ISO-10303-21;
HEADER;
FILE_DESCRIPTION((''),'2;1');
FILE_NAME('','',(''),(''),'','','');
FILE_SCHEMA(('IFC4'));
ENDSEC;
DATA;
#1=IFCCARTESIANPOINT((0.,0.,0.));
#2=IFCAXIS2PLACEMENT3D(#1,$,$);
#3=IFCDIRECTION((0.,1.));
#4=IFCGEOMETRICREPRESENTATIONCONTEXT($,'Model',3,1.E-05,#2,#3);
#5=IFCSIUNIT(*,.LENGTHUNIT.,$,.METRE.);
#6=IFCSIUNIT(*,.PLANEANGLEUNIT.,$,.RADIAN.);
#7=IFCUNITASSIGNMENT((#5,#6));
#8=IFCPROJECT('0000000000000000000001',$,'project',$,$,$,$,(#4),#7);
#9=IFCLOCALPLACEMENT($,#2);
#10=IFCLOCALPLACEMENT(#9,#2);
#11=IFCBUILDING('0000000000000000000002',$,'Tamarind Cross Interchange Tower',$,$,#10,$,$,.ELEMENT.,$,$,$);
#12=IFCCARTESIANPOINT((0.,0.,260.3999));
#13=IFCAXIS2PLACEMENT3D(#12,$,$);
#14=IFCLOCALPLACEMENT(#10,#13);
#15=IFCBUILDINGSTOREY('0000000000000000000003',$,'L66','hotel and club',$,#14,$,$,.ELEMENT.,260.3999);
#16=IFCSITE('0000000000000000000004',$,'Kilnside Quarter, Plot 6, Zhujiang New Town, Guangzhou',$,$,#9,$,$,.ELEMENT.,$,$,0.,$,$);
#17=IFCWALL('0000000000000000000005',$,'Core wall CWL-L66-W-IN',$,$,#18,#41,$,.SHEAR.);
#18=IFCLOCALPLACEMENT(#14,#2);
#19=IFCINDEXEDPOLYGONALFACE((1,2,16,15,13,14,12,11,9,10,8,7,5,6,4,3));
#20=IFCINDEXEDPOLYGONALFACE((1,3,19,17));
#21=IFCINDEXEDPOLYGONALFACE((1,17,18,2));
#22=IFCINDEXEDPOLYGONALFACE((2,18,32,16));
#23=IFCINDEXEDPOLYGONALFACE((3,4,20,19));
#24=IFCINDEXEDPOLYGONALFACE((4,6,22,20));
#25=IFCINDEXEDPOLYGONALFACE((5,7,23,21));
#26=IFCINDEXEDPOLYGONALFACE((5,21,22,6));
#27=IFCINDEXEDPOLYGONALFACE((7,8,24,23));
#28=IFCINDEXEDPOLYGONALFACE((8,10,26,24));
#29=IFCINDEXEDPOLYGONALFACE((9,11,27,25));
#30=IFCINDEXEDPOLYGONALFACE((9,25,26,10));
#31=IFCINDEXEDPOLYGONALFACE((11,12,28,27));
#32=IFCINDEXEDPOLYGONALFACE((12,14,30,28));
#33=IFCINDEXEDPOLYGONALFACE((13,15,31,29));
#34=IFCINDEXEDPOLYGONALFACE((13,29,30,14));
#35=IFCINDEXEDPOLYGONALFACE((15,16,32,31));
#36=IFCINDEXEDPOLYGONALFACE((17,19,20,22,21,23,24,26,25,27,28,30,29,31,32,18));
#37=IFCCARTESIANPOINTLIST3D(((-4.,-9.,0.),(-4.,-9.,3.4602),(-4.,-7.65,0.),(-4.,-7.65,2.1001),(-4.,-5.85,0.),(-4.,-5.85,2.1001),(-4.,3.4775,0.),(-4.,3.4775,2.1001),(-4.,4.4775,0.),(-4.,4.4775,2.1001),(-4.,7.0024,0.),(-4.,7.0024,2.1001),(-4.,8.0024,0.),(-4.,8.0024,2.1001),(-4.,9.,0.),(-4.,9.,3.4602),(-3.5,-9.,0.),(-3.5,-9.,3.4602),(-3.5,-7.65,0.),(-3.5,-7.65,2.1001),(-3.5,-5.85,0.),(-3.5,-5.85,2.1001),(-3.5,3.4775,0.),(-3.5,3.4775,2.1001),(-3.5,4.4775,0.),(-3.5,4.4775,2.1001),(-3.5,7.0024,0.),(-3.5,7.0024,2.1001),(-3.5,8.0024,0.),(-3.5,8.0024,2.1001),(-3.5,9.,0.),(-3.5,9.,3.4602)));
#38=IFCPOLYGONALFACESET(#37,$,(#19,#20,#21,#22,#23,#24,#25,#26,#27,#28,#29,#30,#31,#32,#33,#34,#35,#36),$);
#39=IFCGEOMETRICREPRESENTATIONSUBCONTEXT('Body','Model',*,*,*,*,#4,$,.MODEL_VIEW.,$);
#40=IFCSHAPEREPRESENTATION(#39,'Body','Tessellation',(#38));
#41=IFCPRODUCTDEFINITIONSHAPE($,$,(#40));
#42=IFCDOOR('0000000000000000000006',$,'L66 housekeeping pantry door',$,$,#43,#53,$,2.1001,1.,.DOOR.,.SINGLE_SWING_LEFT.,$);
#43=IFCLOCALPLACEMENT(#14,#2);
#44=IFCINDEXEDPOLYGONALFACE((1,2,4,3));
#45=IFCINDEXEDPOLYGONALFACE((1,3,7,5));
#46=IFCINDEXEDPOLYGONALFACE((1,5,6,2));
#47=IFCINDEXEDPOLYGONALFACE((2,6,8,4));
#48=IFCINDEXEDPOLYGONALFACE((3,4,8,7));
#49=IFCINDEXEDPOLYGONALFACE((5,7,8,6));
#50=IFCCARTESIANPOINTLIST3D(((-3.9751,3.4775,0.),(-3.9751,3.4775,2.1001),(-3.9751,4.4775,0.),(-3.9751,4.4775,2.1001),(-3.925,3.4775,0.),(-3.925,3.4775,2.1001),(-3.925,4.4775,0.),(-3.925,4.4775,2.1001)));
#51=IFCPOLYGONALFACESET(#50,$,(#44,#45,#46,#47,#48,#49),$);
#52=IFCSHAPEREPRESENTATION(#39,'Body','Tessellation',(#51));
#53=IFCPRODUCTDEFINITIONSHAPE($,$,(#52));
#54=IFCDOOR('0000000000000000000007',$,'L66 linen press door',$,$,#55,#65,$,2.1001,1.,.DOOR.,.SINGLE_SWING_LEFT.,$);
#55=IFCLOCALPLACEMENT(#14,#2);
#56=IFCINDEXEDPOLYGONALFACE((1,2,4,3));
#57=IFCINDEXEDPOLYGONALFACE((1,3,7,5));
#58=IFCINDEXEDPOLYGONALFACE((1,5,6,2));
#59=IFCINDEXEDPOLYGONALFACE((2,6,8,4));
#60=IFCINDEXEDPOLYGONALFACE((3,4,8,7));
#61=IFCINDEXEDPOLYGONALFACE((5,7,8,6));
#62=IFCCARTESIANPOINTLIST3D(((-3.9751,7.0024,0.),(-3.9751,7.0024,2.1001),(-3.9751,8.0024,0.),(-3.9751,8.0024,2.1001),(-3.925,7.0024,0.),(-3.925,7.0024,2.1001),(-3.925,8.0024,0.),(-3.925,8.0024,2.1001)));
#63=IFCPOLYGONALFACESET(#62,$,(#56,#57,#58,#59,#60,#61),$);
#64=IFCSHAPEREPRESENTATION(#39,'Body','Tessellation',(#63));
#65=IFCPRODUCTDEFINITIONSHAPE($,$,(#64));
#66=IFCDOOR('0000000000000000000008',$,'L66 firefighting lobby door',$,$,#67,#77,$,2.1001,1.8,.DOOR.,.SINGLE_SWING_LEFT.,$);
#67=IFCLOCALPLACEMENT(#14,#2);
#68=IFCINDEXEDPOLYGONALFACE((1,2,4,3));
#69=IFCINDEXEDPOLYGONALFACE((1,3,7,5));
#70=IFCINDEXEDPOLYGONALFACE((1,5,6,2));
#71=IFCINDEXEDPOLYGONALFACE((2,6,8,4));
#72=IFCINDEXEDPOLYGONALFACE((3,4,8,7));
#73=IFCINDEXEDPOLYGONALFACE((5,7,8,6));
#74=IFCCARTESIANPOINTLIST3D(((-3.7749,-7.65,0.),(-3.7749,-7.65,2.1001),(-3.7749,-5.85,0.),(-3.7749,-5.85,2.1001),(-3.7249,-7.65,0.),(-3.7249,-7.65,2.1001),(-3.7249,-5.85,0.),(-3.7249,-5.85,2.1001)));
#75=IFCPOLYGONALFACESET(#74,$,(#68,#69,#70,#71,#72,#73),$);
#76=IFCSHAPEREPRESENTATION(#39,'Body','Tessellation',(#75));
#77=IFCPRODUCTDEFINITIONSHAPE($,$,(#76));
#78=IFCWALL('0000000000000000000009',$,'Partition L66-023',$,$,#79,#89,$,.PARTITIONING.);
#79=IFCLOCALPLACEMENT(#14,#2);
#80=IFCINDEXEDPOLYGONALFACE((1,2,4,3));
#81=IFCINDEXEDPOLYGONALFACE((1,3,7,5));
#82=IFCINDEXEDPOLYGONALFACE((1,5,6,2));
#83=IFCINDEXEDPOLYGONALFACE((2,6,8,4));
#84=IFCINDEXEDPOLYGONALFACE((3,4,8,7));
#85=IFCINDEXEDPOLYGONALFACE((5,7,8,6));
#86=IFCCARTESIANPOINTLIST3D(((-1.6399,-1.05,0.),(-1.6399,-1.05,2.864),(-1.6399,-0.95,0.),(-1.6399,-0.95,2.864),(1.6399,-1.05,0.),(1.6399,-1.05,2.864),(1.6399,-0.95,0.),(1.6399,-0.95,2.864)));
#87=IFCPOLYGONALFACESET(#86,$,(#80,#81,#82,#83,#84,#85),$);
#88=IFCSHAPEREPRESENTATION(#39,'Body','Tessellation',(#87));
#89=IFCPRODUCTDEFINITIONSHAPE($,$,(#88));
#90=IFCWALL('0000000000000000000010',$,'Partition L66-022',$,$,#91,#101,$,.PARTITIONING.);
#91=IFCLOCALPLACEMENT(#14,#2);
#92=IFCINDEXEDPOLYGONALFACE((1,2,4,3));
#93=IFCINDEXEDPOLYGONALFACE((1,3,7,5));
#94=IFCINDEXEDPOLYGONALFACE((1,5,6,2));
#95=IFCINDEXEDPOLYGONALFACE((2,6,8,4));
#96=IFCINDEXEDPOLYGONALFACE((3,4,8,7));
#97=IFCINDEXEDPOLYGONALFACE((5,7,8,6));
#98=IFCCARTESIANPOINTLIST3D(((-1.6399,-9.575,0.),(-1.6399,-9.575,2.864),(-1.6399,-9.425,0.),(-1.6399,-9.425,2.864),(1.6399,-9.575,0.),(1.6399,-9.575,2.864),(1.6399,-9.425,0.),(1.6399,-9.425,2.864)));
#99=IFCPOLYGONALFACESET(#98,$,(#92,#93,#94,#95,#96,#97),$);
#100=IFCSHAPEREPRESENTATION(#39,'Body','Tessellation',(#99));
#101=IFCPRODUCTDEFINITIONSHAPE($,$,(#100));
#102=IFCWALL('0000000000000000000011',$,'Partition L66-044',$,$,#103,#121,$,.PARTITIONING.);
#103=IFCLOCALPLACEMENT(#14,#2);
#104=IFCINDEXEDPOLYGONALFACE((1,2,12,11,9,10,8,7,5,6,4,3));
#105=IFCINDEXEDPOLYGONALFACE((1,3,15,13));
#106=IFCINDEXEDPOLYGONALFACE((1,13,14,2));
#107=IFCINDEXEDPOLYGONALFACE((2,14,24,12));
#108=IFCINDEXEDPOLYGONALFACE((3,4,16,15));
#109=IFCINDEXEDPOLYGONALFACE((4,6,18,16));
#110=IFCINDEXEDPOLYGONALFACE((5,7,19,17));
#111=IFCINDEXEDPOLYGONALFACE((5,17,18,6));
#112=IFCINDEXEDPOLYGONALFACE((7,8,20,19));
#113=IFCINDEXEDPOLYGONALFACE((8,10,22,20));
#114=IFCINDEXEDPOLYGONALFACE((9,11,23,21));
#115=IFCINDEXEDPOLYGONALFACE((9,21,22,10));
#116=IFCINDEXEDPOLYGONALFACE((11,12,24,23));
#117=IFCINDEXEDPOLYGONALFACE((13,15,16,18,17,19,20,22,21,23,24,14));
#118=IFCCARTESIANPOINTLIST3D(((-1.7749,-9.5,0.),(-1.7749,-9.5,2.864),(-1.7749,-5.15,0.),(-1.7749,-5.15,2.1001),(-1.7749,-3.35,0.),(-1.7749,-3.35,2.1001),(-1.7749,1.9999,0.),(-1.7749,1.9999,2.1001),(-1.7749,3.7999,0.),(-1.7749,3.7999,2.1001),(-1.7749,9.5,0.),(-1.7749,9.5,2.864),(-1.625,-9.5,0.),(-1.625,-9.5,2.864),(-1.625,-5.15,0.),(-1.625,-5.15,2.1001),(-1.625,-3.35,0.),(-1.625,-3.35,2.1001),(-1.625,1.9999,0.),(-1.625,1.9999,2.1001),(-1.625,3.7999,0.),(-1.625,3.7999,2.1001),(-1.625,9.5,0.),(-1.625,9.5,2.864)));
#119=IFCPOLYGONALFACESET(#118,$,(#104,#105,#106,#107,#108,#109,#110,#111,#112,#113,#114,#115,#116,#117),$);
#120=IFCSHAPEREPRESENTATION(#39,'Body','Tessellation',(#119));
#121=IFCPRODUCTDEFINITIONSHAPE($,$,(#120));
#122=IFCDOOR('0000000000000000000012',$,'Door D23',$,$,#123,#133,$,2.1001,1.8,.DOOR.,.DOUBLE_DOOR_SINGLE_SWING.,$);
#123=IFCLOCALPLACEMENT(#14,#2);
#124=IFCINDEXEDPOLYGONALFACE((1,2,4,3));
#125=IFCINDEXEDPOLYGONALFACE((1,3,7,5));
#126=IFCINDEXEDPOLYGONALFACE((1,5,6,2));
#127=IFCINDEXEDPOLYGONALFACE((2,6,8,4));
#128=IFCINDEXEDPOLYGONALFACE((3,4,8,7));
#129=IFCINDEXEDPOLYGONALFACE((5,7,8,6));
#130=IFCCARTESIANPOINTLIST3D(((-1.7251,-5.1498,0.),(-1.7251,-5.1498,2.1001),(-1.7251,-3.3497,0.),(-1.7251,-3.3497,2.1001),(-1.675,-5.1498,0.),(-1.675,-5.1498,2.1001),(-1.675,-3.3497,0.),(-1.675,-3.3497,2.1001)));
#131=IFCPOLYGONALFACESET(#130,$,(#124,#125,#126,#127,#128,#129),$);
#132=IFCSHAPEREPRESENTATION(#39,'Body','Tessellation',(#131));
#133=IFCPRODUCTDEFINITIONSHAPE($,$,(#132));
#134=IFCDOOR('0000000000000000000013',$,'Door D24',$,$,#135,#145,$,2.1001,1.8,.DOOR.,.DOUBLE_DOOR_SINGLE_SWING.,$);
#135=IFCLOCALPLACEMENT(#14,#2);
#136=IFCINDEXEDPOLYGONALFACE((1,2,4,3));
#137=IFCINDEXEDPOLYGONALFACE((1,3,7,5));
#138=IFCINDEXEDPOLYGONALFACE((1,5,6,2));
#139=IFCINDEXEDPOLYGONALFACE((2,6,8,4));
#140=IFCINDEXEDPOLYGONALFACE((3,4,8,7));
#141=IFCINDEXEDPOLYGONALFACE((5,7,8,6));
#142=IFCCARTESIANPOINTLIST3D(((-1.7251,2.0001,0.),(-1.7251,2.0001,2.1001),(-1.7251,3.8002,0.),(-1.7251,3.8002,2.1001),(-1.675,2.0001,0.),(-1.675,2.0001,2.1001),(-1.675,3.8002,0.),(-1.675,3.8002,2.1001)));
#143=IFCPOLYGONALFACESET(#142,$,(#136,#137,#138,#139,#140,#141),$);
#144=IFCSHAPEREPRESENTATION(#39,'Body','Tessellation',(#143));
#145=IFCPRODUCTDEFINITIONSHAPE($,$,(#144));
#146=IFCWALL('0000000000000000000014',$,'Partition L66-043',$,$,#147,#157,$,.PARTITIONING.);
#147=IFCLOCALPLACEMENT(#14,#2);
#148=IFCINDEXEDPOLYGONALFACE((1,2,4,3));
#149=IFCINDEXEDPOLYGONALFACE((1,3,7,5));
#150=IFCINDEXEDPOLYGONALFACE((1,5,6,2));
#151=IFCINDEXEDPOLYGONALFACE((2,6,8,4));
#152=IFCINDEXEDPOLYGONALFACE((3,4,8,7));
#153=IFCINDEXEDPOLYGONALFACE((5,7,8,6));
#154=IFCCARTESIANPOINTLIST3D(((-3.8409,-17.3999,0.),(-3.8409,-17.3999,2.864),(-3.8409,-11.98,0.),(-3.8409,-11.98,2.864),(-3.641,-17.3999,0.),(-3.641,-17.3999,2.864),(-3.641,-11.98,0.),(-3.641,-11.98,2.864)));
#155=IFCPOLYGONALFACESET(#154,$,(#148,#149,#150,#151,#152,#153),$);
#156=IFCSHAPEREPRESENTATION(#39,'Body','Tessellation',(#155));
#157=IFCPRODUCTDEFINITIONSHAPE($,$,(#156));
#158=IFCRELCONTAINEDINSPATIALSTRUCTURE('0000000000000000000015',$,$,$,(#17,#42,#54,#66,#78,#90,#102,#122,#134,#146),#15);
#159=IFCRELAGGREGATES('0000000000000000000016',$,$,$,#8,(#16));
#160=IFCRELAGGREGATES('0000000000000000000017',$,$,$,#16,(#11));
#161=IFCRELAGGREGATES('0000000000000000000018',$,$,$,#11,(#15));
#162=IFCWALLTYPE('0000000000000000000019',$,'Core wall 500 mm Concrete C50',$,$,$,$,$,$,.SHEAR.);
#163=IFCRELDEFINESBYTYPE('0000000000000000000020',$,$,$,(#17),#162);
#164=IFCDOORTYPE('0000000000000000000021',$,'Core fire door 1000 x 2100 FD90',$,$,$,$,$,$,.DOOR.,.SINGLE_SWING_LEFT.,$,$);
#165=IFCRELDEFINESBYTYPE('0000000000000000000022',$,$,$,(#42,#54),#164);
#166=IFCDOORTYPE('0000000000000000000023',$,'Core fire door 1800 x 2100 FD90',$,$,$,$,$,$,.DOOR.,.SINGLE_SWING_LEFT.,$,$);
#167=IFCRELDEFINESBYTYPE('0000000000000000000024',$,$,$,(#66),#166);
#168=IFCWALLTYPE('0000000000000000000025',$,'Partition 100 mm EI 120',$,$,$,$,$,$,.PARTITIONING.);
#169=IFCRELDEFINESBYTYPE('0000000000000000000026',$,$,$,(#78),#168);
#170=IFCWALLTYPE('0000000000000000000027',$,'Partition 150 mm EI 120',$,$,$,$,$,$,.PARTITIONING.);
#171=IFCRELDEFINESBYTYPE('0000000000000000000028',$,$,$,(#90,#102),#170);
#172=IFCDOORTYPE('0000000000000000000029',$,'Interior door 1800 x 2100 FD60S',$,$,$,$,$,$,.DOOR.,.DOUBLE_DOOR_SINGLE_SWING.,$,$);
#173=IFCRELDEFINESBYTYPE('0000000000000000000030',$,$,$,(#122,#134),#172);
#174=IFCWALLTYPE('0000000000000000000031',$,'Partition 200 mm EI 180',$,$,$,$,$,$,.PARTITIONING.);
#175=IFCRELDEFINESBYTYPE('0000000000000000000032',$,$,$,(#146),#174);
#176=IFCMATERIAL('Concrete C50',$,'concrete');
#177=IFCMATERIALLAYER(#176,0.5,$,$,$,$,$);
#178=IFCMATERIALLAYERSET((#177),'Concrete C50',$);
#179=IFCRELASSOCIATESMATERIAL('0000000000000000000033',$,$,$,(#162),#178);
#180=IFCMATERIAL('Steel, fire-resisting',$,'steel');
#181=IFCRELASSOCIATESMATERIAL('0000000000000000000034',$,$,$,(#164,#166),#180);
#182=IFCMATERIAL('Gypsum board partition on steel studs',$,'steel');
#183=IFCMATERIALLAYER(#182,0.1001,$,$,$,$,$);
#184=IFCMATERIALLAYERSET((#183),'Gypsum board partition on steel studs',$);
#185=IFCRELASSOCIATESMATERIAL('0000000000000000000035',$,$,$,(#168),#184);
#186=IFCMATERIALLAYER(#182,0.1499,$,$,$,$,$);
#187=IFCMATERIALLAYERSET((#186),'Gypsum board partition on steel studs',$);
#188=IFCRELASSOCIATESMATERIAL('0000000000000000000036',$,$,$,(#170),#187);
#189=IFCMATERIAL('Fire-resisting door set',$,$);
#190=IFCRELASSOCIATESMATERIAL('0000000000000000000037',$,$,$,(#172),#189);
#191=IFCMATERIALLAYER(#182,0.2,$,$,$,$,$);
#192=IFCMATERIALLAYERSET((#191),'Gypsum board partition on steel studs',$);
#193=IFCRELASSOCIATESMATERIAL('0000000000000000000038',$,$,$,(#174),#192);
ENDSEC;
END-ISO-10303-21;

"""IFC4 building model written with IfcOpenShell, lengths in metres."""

from ifc_helpers import new_model, si_unit, direction, frame, frame_2d, origin, place, context, subcontext, project, spatial, rectangle, extrude, material, layer, layer_set, type_object, element, fill, save


model = new_model("IFC4")

# Units and contexts
model_context = context("Model", 3, precision=1e-05, world=origin(), true_north=direction((0.0, 1.0)))
body_context = subcontext(model_context, "Body", "Model", "MODEL_VIEW")
ifc_project = project(units=[si_unit("LENGTHUNIT", "METRE"), si_unit("PLANEANGLEUNIT", "RADIAN")], contexts=[model_context])

# Site, building, storey
site_placement = place(None, origin())
site = spatial("IfcSite", under=ifc_project, at=site_placement, Name="Kilnside Quarter, Plot 6, Zhujiang New Town, Guangzhou", CompositionType="ELEMENT", RefElevation=0.0)
building_placement = place(site_placement, origin())
building = spatial("IfcBuilding", under=site, at=building_placement, Name="Tamarind Cross Interchange Tower", CompositionType="ELEMENT")
storey_placement = place(building_placement, frame((0.0, 0.0, 260.3999)))
storey = spatial("IfcBuildingStorey", under=building, at=storey_placement, Name="L66", Description="hotel and club", CompositionType="ELEMENT", Elevation=260.3999)

# Wall, openings, doors
ifc_material_1 = material(Name="Concrete C50", Category="concrete")
ifc_layer_1 = layer(ifc_material_1, 0.5)
ifc_layer_set_1 = layer_set([ifc_layer_1], Name="Concrete C50")
wall_type_1 = type_object("IfcWallType", Name="Core wall 500 mm Concrete C50", PredefinedType="SHEAR", material=ifc_layer_set_1)
wall_1_placement = place(storey_placement, frame((-3.75, -9.0, 0.0), z_axis=(0.0, 0.0, 1.0), x_axis=(0.0, 1.0, 0.0)))
wall_1 = element("IfcWall", 1, at=wall_1_placement, inside=storey, type_object=wall_type_1, Name="Core wall CWL-L66-W-IN", PredefinedType="SHEAR", context=body_context, shape_type="SweptSolid", body=[
    extrude(rectangle(XDim=18.0, YDim=0.5, at=frame_2d((9.0, 0.0))), origin(), (0.0, 0.0, 1.0), 3.4602),
])
opening_1_placement = place(wall_1_placement, frame((1.3501, 0.0, 0.0)))
opening_1 = element("IfcOpeningElement", 2, at=opening_1_placement, cuts=wall_1, PredefinedType="OPENING", context=body_context, shape_type="SweptSolid", body=[
    extrude(rectangle(XDim=1.8, YDim=2.1001, at=frame_2d((0.8999, 1.05))), frame((0.0, 0.26, 0.0), z_axis=(0.0, -1.0, 0.0), x_axis=(1.0, 0.0, 0.0)), (0.0, 0.0, 1.0), 0.52),
])
opening_2_placement = place(wall_1_placement, frame((12.4775, 0.0, 0.0)))
opening_2 = element("IfcOpeningElement", 3, at=opening_2_placement, cuts=wall_1, PredefinedType="OPENING", context=body_context, shape_type="SweptSolid", body=[
    extrude(rectangle(XDim=1.0, YDim=2.1001, at=frame_2d((0.5, 1.05))), frame((0.0, 0.26, 0.0), z_axis=(0.0, -1.0, 0.0), x_axis=(1.0, 0.0, 0.0)), (0.0, 0.0, 1.0), 0.52),
])
opening_3_placement = place(wall_1_placement, frame((16.0024, 0.0, 0.0)))
opening_3 = element("IfcOpeningElement", 4, at=opening_3_placement, cuts=wall_1, PredefinedType="OPENING", context=body_context, shape_type="SweptSolid", body=[
    extrude(rectangle(XDim=1.0, YDim=2.1001, at=frame_2d((0.5, 1.05))), frame((0.0, 0.26, 0.0), z_axis=(0.0, -1.0, 0.0), x_axis=(1.0, 0.0, 0.0)), (0.0, 0.0, 1.0), 0.52),
])
ifc_material_2 = material(Name="Steel, fire-resisting", Category="steel")
door_type_1 = type_object("IfcDoorType", Name="Core fire door 1000 x 2100 FD90", OperationType="SINGLE_SWING_LEFT", PredefinedType="DOOR", material=ifc_material_2)
door_1_placement = place(opening_2_placement, origin())
door_1 = element("IfcDoor", 5, at=door_1_placement, inside=storey, type_object=door_type_1, Name="L66 housekeeping pantry door", OperationType="SINGLE_SWING_LEFT", OverallHeight=2.1001, OverallWidth=1.0, PredefinedType="DOOR", context=body_context, shape_type="SweptSolid", body=[
    extrude(rectangle(XDim=1.0, YDim=2.1001, at=frame_2d((0.5, 1.05))), frame((0.0, 0.2251, 0.0), z_axis=(0.0, -1.0, 0.0), x_axis=(1.0, 0.0, 0.0)), (0.0, 0.0, 1.0), 0.05),
])
fill(opening_2, door_1)
door_2_placement = place(opening_3_placement, origin())
door_2 = element("IfcDoor", 6, at=door_2_placement, inside=storey, type_object=door_type_1, Name="L66 linen press door", OperationType="SINGLE_SWING_LEFT", OverallHeight=2.1001, OverallWidth=1.0, PredefinedType="DOOR", context=body_context, shape_type="SweptSolid", body=[
    extrude(rectangle(XDim=1.0, YDim=2.1001, at=frame_2d((0.5, 1.05))), frame((0.0, 0.2251, 0.0), z_axis=(0.0, -1.0, 0.0), x_axis=(1.0, 0.0, 0.0)), (0.0, 0.0, 1.0), 0.05),
])
fill(opening_3, door_2)
door_type_2 = type_object("IfcDoorType", Name="Core fire door 1800 x 2100 FD90", OperationType="SINGLE_SWING_LEFT", PredefinedType="DOOR", material=ifc_material_2)
door_3_placement = place(opening_1_placement, origin())
door_3 = element("IfcDoor", 7, at=door_3_placement, inside=storey, type_object=door_type_2, Name="L66 firefighting lobby door", OperationType="SINGLE_SWING_LEFT", OverallHeight=2.1001, OverallWidth=1.8, PredefinedType="DOOR", context=body_context, shape_type="SweptSolid", body=[
    extrude(rectangle(XDim=1.8, YDim=2.1001, at=frame_2d((0.8999, 1.05))), frame((0.0, 0.0249, 0.0), z_axis=(0.0, -1.0, 0.0), x_axis=(1.0, 0.0, 0.0)), (0.0, 0.0, 1.0), 0.05),
])
fill(opening_1, door_3)

# Walls
ifc_material_3 = material(Name="Gypsum board partition on steel studs", Category="steel")
ifc_layer_2 = layer(ifc_material_3, 0.1001)
ifc_layer_set_2 = layer_set([ifc_layer_2], Name="Gypsum board partition on steel studs")
wall_type_2 = type_object("IfcWallType", Name="Partition 100 mm EI 120", PredefinedType="PARTITIONING", material=ifc_layer_set_2)
wall_2_placement = place(storey_placement, frame((-1.6399, -1.0, 0.0), z_axis=(0.0, 0.0, 1.0), x_axis=(1.0, 0.0, 0.0)))
element("IfcWall", 8, at=wall_2_placement, inside=storey, type_object=wall_type_2, Name="Partition L66-023", PredefinedType="PARTITIONING", context=body_context, shape_type="SweptSolid", body=[
    extrude(rectangle(XDim=3.2798, YDim=0.1001, at=frame_2d((1.6399, 0.0))), origin(), (0.0, 0.0, 1.0), 2.864),
])
ifc_layer_3 = layer(ifc_material_3, 0.1499)
ifc_layer_set_3 = layer_set([ifc_layer_3], Name="Gypsum board partition on steel studs")
wall_type_3 = type_object("IfcWallType", Name="Partition 150 mm EI 120", PredefinedType="PARTITIONING", material=ifc_layer_set_3)
wall_3_placement = place(storey_placement, frame((-1.6399, -9.5, 0.0), z_axis=(0.0, 0.0, 1.0), x_axis=(1.0, 0.0, 0.0)))
element("IfcWall", 9, at=wall_3_placement, inside=storey, type_object=wall_type_3, Name="Partition L66-022", PredefinedType="PARTITIONING", context=body_context, shape_type="SweptSolid", body=[
    extrude(rectangle(XDim=3.2798, YDim=0.1499, at=frame_2d((1.6399, 0.0))), origin(), (0.0, 0.0, 1.0), 2.864),
])

# Wall, openings, doors
wall_4_placement = place(storey_placement, frame((-1.7, -9.5, 0.0), z_axis=(0.0, 0.0, 1.0), x_axis=(0.0, 1.0, 0.0)))
wall_4 = element("IfcWall", 10, at=wall_4_placement, inside=storey, type_object=wall_type_3, Name="Partition L66-044", PredefinedType="PARTITIONING", context=body_context, shape_type="SweptSolid", body=[
    extrude(rectangle(XDim=19.0, YDim=0.1499, at=frame_2d((9.5, 0.0))), origin(), (0.0, 0.0, 1.0), 2.864),
])
opening_4_placement = place(wall_4_placement, frame((4.3501, 0.0, 0.0)))
opening_4 = element("IfcOpeningElement", 11, at=opening_4_placement, cuts=wall_4, PredefinedType="OPENING", context=body_context, shape_type="SweptSolid", body=[
    extrude(rectangle(XDim=1.8, YDim=2.1001, at=frame_2d((0.8999, 1.05))), frame((0.0, 0.085, 0.0), z_axis=(0.0, -1.0, 0.0), x_axis=(1.0, 0.0, 0.0)), (0.0, 0.0, 1.0), 0.1699),
])
opening_5_placement = place(wall_4_placement, frame((11.5, 0.0, 0.0)))
opening_5 = element("IfcOpeningElement", 12, at=opening_5_placement, cuts=wall_4, PredefinedType="OPENING", context=body_context, shape_type="SweptSolid", body=[
    extrude(rectangle(XDim=1.8, YDim=2.1001, at=frame_2d((0.8999, 1.05))), frame((0.0, 0.085, 0.0), z_axis=(0.0, -1.0, 0.0), x_axis=(1.0, 0.0, 0.0)), (0.0, 0.0, 1.0), 0.1699),
])
ifc_material_4 = material(Name="Fire-resisting door set")
door_type_3 = type_object("IfcDoorType", Name="Interior door 1800 x 2100 FD60S", OperationType="DOUBLE_DOOR_SINGLE_SWING", PredefinedType="DOOR", material=ifc_material_4)
door_4_placement = place(opening_4_placement, frame((1.8, 0.0, 0.0), z_axis=(0.0, 0.0, 1.0), x_axis=(-1.0, 0.0, 0.0)))
door_4 = element("IfcDoor", 13, at=door_4_placement, inside=storey, type_object=door_type_3, Name="Door D23", OperationType="DOUBLE_DOOR_SINGLE_SWING", OverallHeight=2.1001, OverallWidth=1.8, PredefinedType="DOOR", context=body_context, shape_type="SweptSolid", body=[
    extrude(rectangle(XDim=1.8, YDim=2.1001, at=frame_2d((0.8999, 1.05))), frame((0.0, 0.0249, 0.0), z_axis=(0.0, -1.0, 0.0), x_axis=(1.0, 0.0, 0.0)), (0.0, 0.0, 1.0), 0.05),
])
fill(opening_4, door_4)
door_5_placement = place(opening_5_placement, frame((1.8, 0.0, 0.0), z_axis=(0.0, 0.0, 1.0), x_axis=(-1.0, 0.0, 0.0)))
door_5 = element("IfcDoor", 14, at=door_5_placement, inside=storey, type_object=door_type_3, Name="Door D24", OperationType="DOUBLE_DOOR_SINGLE_SWING", OverallHeight=2.1001, OverallWidth=1.8, PredefinedType="DOOR", context=body_context, shape_type="SweptSolid", body=[
    extrude(rectangle(XDim=1.8, YDim=2.1001, at=frame_2d((0.8999, 1.05))), frame((0.0, 0.0249, 0.0), z_axis=(0.0, -1.0, 0.0), x_axis=(1.0, 0.0, 0.0)), (0.0, 0.0, 1.0), 0.05),
])
fill(opening_5, door_5)

# Wall
ifc_layer_4 = layer(ifc_material_3, 0.2)
ifc_layer_set_4 = layer_set([ifc_layer_4], Name="Gypsum board partition on steel studs")
wall_type_4 = type_object("IfcWallType", Name="Partition 200 mm EI 180", PredefinedType="PARTITIONING", material=ifc_layer_set_4)
wall_5_placement = place(storey_placement, frame((-3.741, -17.3999, 0.0), z_axis=(0.0, 0.0, 1.0), x_axis=(0.0, 1.0, 0.0)))
element("IfcWall", 15, at=wall_5_placement, inside=storey, type_object=wall_type_4, Name="Partition L66-043", PredefinedType="PARTITIONING", context=body_context, shape_type="SweptSolid", body=[
    extrude(rectangle(XDim=5.4199, YDim=0.2, at=frame_2d((2.71, 0.0))), origin(), (0.0, 0.0, 1.0), 2.864),
])

save(model, "model.ifc")
